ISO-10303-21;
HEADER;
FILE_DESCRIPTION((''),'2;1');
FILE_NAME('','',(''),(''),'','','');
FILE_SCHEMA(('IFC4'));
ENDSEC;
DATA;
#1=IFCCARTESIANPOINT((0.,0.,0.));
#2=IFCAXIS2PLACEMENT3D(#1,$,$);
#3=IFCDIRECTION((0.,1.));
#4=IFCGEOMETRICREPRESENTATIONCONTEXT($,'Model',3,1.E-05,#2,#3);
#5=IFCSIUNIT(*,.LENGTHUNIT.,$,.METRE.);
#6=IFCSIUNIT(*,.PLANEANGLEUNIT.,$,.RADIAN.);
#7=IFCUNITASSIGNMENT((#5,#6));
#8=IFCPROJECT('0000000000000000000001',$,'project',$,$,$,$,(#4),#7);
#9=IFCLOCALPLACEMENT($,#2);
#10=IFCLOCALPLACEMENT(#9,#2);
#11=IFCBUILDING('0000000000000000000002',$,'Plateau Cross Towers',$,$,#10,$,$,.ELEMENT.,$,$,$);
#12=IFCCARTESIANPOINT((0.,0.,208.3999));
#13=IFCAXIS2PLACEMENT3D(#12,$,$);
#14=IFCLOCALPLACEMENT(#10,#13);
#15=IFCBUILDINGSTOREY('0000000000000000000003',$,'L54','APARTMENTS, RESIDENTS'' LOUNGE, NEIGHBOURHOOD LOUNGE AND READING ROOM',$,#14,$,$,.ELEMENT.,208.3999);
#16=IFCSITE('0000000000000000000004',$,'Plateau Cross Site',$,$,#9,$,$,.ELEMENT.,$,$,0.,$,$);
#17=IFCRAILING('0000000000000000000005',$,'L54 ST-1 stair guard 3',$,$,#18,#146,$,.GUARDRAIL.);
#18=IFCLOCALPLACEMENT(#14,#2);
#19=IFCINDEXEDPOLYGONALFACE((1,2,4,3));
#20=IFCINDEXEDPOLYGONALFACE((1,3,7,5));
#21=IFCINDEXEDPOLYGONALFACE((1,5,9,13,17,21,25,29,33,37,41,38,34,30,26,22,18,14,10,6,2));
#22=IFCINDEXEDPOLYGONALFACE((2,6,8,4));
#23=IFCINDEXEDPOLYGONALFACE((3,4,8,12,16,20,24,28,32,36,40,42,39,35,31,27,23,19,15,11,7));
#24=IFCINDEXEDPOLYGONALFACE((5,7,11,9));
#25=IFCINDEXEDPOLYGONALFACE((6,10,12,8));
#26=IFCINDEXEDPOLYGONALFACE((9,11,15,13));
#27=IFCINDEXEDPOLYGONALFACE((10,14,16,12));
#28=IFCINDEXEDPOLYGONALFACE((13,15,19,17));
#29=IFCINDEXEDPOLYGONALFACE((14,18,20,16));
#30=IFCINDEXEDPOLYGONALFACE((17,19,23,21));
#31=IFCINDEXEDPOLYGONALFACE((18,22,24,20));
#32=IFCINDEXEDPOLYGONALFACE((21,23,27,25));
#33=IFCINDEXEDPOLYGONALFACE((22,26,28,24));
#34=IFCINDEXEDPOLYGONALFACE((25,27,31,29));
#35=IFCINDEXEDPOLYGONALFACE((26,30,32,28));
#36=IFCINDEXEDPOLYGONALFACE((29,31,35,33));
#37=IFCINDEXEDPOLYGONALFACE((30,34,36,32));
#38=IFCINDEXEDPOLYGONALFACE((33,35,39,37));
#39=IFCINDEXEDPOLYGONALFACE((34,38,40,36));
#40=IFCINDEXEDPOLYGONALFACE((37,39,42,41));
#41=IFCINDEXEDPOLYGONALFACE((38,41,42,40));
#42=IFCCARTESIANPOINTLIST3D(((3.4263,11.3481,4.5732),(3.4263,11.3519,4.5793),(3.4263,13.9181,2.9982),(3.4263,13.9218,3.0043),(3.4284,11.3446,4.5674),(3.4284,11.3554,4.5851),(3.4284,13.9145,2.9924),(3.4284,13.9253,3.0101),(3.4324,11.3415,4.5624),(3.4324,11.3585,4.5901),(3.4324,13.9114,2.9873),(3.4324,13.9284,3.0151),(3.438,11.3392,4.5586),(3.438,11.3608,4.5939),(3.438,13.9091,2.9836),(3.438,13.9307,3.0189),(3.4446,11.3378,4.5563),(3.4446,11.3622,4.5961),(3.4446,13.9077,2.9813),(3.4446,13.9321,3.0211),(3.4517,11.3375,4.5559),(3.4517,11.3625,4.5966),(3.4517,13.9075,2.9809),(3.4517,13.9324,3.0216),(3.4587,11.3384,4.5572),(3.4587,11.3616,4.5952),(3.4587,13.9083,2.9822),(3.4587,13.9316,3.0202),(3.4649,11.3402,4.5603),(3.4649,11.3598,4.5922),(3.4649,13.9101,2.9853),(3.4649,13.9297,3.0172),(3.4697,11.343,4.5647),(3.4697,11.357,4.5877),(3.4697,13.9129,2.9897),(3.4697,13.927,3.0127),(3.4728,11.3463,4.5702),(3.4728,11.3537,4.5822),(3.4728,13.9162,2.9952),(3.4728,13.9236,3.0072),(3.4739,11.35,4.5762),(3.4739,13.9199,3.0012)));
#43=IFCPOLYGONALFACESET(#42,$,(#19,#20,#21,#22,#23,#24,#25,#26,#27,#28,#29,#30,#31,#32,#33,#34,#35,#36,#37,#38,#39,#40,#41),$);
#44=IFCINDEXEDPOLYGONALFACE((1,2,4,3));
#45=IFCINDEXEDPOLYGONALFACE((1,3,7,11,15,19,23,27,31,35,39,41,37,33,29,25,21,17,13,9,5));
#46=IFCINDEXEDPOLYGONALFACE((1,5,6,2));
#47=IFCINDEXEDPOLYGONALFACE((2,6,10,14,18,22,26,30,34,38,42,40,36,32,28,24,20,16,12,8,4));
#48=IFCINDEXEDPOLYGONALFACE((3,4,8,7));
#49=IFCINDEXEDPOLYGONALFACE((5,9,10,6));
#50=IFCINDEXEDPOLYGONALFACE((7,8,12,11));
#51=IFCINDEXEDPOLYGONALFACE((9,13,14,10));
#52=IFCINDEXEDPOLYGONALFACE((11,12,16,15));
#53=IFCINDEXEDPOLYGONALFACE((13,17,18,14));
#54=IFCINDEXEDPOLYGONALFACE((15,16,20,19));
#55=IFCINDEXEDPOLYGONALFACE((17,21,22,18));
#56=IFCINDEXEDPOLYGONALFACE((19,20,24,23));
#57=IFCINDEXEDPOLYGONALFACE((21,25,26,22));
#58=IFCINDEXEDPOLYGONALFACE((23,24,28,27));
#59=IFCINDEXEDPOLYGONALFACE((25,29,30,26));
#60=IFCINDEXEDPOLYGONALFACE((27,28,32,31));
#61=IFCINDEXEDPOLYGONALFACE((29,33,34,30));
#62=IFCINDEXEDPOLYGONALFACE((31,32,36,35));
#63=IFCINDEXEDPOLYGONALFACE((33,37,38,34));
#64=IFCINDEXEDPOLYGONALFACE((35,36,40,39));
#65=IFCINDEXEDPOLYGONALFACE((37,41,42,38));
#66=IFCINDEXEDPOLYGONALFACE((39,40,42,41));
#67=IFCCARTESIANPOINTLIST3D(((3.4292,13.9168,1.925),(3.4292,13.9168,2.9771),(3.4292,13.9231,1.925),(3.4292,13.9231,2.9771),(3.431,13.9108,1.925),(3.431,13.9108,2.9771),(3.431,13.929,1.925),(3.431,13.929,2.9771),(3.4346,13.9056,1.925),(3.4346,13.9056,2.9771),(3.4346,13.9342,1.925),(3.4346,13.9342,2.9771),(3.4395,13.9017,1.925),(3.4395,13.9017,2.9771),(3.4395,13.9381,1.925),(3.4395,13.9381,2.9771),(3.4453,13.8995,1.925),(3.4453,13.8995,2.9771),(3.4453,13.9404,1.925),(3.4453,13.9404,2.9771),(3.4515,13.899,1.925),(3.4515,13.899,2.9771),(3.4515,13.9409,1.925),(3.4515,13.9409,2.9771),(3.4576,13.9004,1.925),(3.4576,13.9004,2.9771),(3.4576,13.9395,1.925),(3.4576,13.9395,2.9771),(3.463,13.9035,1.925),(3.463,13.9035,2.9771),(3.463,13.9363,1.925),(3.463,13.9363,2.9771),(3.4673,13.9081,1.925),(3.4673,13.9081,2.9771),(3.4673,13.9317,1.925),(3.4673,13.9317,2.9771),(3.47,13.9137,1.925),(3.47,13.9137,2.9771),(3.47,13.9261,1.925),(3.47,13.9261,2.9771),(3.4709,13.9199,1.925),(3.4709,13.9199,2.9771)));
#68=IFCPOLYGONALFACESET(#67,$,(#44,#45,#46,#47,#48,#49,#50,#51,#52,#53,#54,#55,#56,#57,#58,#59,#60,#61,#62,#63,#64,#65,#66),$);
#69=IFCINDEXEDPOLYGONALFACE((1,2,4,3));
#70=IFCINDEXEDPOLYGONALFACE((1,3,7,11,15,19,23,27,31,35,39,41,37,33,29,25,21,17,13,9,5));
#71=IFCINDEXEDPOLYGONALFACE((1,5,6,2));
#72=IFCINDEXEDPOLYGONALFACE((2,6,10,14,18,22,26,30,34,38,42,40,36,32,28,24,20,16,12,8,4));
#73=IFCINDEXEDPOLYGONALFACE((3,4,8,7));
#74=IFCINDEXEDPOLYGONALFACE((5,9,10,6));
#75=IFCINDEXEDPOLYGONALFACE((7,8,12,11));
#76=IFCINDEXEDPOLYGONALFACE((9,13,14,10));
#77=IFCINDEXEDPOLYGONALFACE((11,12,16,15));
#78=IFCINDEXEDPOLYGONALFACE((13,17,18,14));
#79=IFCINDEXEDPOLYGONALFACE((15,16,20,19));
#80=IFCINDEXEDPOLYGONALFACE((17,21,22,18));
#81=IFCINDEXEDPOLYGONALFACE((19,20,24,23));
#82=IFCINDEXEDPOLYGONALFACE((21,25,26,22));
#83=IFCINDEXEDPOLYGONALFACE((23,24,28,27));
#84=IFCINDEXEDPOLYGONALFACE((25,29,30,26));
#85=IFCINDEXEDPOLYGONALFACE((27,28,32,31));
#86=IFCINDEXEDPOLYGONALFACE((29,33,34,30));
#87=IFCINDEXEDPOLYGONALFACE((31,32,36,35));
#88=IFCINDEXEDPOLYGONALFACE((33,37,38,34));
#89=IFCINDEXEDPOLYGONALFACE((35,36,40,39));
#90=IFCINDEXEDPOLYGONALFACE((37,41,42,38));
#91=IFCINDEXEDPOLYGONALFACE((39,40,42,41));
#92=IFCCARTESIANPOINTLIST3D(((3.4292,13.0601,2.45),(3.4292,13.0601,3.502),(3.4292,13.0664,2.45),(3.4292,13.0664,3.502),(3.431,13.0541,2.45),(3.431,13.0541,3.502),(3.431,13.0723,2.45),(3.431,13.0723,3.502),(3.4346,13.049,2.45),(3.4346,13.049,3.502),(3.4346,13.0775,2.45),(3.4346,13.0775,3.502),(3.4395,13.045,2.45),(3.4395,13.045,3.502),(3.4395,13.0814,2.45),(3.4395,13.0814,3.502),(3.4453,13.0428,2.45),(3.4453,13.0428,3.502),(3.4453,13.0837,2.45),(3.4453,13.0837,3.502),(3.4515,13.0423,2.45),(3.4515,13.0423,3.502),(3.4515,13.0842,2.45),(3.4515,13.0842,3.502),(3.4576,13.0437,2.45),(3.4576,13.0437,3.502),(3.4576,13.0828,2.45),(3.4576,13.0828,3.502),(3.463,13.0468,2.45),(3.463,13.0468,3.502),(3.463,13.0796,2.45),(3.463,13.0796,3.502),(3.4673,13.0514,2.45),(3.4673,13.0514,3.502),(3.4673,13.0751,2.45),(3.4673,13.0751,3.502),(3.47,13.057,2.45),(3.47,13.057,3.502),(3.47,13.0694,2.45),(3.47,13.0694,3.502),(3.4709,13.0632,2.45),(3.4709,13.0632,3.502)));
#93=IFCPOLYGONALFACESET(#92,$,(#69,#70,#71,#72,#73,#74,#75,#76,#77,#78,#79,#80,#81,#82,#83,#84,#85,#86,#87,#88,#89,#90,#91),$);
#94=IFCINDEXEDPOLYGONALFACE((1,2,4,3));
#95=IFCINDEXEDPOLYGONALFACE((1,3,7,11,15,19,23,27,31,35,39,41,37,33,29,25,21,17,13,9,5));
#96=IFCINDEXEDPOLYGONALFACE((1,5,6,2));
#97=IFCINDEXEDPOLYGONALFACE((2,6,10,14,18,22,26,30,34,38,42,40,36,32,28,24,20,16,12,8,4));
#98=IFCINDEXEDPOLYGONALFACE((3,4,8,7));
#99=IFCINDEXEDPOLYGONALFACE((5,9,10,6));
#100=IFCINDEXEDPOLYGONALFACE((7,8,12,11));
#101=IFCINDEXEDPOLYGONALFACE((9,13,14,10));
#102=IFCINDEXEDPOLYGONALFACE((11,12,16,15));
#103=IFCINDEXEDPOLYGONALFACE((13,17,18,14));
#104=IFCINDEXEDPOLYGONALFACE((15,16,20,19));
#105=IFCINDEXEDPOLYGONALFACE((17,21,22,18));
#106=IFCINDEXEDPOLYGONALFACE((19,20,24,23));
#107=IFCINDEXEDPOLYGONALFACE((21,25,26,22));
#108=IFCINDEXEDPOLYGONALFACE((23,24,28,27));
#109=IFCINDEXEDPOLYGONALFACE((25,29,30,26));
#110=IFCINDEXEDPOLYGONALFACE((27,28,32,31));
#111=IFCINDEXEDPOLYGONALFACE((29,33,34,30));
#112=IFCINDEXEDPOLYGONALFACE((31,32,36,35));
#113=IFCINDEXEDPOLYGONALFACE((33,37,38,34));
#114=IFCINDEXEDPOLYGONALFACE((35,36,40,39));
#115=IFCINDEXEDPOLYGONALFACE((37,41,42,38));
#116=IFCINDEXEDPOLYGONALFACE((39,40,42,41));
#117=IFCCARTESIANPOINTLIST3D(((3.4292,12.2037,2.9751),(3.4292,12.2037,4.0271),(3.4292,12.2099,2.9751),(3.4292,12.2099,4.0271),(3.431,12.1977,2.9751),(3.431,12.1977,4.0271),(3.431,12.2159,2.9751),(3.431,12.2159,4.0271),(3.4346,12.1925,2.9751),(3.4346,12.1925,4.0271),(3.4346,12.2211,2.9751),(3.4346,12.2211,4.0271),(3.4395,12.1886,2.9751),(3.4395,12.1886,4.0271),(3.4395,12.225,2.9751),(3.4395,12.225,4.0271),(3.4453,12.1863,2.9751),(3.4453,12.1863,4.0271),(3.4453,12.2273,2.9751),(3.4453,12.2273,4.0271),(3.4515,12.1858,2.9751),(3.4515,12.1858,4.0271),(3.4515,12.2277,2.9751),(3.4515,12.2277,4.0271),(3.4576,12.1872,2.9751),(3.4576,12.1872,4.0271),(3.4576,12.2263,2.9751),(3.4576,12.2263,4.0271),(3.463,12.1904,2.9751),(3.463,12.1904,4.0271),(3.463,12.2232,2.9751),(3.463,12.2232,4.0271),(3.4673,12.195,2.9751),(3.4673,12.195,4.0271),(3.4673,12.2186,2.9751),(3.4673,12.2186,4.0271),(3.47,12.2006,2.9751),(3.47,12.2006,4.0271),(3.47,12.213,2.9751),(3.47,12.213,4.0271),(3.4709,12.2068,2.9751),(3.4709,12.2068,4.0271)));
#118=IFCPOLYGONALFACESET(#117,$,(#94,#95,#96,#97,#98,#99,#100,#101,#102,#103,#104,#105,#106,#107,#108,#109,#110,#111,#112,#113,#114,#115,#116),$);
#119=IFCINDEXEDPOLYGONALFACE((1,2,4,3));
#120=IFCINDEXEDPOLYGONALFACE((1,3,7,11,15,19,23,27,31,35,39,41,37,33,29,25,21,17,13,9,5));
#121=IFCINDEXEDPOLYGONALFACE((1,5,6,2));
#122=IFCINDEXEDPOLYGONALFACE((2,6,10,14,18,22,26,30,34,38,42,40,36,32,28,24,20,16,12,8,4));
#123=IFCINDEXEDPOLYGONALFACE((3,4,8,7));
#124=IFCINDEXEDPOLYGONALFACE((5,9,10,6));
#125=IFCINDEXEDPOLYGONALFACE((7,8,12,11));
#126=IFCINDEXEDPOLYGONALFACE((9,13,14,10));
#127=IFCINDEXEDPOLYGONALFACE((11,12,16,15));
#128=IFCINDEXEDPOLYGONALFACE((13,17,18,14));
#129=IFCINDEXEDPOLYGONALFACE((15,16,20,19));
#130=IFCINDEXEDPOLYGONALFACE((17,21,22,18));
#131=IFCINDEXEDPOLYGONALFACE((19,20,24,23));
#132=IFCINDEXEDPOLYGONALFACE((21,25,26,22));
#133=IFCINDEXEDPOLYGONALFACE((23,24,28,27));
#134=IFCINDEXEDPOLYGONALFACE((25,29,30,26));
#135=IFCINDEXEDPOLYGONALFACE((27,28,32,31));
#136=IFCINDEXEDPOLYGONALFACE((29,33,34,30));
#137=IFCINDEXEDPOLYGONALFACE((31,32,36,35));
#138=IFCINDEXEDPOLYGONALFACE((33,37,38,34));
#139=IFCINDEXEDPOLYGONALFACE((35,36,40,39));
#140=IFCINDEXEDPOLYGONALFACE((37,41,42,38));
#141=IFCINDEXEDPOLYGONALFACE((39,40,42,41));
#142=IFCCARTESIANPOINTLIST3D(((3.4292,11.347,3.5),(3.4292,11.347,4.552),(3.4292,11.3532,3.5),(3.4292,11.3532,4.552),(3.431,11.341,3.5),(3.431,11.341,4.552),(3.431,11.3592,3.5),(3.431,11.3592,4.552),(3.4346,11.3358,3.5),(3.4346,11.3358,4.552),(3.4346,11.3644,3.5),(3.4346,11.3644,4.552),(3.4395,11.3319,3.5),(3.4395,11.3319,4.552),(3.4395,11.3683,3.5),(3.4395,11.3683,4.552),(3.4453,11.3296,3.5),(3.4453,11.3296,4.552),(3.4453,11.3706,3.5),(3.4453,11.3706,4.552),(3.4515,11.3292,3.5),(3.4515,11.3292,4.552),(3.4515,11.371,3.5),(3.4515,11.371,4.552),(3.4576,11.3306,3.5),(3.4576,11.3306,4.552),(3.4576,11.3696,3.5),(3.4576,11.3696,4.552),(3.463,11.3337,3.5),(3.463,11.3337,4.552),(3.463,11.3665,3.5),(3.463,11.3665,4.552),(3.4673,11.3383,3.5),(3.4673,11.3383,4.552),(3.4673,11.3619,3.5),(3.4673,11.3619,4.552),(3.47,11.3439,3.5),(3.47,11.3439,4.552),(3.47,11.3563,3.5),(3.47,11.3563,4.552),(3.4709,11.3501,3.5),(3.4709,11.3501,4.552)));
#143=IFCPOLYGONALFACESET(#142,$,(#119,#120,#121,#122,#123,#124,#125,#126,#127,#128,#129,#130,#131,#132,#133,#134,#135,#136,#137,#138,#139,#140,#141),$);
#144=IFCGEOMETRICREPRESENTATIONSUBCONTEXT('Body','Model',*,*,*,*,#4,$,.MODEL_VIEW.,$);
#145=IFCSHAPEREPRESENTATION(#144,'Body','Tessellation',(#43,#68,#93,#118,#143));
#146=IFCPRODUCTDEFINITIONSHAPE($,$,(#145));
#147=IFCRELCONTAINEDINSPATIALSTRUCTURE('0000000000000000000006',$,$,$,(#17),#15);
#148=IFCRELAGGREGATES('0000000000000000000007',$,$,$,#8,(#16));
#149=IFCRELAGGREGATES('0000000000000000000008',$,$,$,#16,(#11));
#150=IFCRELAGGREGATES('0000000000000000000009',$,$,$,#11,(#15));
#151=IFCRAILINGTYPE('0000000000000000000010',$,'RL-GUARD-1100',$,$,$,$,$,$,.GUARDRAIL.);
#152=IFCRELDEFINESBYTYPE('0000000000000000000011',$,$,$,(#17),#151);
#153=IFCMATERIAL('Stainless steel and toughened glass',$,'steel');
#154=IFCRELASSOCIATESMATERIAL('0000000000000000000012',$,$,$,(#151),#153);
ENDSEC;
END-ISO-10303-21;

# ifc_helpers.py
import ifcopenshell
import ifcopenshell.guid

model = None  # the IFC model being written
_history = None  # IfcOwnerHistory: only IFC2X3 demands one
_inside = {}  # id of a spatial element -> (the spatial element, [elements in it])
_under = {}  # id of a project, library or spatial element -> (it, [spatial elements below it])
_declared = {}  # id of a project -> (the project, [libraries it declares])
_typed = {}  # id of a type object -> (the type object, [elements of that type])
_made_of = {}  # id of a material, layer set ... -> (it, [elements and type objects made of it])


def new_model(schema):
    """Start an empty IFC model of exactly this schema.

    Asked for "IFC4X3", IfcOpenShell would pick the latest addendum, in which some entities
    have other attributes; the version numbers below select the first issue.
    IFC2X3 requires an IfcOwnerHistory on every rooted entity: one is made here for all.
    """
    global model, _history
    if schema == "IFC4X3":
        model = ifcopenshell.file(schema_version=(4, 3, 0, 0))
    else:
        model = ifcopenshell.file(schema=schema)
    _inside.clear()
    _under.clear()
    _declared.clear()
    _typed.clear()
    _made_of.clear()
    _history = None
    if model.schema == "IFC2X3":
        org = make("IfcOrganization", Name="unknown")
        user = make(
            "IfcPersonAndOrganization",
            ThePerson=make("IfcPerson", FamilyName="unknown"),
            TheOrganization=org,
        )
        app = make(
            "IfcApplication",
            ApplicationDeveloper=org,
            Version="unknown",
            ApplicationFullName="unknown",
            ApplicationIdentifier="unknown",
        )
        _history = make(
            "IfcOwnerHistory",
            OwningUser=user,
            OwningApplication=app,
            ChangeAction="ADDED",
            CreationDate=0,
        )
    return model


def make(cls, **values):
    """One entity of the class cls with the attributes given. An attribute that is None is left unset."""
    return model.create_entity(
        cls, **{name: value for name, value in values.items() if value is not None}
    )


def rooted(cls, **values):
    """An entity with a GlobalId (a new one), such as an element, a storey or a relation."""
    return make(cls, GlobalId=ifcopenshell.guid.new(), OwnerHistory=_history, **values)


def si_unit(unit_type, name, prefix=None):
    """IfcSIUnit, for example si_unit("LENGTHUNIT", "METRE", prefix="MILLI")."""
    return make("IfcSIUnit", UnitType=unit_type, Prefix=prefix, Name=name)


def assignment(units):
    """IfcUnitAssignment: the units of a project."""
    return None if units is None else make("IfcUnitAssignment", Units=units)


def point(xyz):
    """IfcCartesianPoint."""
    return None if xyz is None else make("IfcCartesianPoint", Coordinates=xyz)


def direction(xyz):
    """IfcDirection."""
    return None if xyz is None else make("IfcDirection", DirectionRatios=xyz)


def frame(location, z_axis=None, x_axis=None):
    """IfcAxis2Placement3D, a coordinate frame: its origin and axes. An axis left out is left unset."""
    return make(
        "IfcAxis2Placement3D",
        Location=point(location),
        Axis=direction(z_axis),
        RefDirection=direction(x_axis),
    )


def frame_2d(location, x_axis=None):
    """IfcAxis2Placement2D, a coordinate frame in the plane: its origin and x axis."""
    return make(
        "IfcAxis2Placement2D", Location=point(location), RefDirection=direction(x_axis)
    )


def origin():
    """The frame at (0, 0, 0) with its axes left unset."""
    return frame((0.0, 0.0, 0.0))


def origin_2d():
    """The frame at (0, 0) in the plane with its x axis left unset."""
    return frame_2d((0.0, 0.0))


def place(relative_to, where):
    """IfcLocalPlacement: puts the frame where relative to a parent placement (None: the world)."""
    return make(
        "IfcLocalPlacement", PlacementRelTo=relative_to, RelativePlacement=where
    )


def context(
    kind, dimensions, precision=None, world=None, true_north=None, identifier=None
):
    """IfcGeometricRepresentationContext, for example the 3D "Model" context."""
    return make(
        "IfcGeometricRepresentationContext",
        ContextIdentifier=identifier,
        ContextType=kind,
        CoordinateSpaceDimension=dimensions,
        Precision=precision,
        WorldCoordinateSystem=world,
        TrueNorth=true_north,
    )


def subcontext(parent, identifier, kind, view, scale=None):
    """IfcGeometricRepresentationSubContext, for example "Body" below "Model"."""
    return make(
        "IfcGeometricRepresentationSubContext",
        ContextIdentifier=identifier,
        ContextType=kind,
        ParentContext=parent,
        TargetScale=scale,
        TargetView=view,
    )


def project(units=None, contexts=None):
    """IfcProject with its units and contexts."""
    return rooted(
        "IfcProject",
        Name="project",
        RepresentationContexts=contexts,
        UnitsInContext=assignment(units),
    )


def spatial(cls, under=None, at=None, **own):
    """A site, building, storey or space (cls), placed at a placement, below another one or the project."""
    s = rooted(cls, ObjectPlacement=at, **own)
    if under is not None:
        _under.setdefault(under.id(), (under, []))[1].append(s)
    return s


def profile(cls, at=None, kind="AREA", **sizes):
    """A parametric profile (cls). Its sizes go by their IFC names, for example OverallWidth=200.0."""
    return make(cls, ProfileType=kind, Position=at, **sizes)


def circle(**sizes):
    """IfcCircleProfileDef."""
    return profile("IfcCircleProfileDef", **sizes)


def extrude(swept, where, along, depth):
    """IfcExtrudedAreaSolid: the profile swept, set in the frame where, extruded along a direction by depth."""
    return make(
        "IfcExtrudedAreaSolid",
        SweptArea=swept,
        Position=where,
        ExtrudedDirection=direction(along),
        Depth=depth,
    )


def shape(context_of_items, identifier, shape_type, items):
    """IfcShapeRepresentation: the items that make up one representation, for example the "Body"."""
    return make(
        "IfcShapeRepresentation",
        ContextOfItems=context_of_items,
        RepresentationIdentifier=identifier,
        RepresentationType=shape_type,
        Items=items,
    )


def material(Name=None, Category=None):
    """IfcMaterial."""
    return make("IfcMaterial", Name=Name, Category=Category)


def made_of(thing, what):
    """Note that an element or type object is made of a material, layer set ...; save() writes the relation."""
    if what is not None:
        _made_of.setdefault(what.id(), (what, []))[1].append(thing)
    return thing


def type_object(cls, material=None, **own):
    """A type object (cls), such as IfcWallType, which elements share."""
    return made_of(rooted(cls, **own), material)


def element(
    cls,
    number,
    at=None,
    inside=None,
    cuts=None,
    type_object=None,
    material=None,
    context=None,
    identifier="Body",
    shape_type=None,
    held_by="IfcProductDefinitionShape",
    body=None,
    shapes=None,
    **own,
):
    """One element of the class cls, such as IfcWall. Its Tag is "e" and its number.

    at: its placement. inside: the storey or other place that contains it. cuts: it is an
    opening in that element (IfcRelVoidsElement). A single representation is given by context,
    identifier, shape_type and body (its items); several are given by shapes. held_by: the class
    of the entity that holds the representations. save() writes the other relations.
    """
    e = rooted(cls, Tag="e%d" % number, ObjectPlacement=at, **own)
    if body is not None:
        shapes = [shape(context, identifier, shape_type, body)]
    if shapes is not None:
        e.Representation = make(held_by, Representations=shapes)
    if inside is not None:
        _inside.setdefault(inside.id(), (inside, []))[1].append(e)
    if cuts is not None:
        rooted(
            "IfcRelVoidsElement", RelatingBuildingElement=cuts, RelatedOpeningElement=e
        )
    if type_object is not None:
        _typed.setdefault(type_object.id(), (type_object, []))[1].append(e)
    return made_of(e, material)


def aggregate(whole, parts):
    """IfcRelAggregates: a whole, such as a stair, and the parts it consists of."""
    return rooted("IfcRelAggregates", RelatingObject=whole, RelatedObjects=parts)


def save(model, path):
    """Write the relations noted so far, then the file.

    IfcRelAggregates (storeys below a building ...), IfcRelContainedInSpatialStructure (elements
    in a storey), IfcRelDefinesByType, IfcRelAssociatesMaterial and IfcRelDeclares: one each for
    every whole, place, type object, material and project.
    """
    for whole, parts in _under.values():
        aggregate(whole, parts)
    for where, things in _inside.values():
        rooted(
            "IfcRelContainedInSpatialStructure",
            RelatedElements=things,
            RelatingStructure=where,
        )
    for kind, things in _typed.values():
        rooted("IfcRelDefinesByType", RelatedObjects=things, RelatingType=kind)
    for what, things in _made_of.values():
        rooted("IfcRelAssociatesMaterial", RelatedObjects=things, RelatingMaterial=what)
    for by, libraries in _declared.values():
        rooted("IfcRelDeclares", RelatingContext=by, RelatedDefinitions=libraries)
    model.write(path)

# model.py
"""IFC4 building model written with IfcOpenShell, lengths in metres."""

from ifc_helpers import new_model, si_unit, direction, frame, origin, origin_2d, place, context, subcontext, project, spatial, circle, extrude, material, type_object, element, save


model = new_model("IFC4")

# Units and contexts
model_context = context("Model", 3, precision=1e-05, world=origin(), true_north=direction((0.0, 1.0)))
body_context = subcontext(model_context, "Body", "Model", "MODEL_VIEW")
ifc_project = project(units=[si_unit("LENGTHUNIT", "METRE"), si_unit("PLANEANGLEUNIT", "RADIAN")], contexts=[model_context])

# Site, building, storey
site_placement = place(None, origin())
site = spatial("IfcSite", under=ifc_project, at=site_placement, Name="Plateau Cross Site", CompositionType="ELEMENT", RefElevation=0.0)
building_placement = place(site_placement, origin())
building = spatial("IfcBuilding", under=site, at=building_placement, Name="Plateau Cross Towers", CompositionType="ELEMENT")
storey_placement = place(building_placement, frame((0.0, 0.0, 208.3999)))
storey = spatial("IfcBuildingStorey", under=building, at=storey_placement, Name="L54", Description="APARTMENTS, RESIDENTS' LOUNGE, NEIGHBOURHOOD LOUNGE AND READING ROOM", CompositionType="ELEMENT", Elevation=208.3999)

# Railing
ifc_material_1 = material(Name="Stainless steel and toughened glass", Category="steel")
railing_type = type_object("IfcRailingType", Name="RL-GUARD-1100", PredefinedType="GUARDRAIL", material=ifc_material_1)
railing_1_placement = place(storey_placement, frame((3.45, 13.9199, 1.925)))
element("IfcRailing", 1, at=railing_1_placement, inside=storey, type_object=railing_type, Name="L54 ST-1 stair guard 3", PredefinedType="GUARDRAIL", context=body_context, shape_type="SweptSolid", body=[
    extrude(circle(Radius=0.0239, at=origin_2d()), frame((0.0, 0.0, 1.0762), z_axis=(0.0, -0.852616, 0.522537), x_axis=(1.0, 0.0, 0.0)), (0.0, 0.0, 1.0), 3.0142),
    extrude(circle(Radius=0.021, at=origin_2d()), origin(), (0.0, 0.0, 1.0), 1.052),
    extrude(circle(Radius=0.021, at=origin_2d()), frame((0.0, -0.8567, 0.5249)), (0.0, 0.0, 1.0), 1.052),
    extrude(circle(Radius=0.021, at=origin_2d()), frame((0.0, -1.7131, 1.05)), (0.0, 0.0, 1.0), 1.052),
    extrude(circle(Radius=0.021, at=origin_2d()), frame((0.0, -2.5698, 1.575)), (0.0, 0.0, 1.0), 1.052),
])

save(model, "model.ifc")
